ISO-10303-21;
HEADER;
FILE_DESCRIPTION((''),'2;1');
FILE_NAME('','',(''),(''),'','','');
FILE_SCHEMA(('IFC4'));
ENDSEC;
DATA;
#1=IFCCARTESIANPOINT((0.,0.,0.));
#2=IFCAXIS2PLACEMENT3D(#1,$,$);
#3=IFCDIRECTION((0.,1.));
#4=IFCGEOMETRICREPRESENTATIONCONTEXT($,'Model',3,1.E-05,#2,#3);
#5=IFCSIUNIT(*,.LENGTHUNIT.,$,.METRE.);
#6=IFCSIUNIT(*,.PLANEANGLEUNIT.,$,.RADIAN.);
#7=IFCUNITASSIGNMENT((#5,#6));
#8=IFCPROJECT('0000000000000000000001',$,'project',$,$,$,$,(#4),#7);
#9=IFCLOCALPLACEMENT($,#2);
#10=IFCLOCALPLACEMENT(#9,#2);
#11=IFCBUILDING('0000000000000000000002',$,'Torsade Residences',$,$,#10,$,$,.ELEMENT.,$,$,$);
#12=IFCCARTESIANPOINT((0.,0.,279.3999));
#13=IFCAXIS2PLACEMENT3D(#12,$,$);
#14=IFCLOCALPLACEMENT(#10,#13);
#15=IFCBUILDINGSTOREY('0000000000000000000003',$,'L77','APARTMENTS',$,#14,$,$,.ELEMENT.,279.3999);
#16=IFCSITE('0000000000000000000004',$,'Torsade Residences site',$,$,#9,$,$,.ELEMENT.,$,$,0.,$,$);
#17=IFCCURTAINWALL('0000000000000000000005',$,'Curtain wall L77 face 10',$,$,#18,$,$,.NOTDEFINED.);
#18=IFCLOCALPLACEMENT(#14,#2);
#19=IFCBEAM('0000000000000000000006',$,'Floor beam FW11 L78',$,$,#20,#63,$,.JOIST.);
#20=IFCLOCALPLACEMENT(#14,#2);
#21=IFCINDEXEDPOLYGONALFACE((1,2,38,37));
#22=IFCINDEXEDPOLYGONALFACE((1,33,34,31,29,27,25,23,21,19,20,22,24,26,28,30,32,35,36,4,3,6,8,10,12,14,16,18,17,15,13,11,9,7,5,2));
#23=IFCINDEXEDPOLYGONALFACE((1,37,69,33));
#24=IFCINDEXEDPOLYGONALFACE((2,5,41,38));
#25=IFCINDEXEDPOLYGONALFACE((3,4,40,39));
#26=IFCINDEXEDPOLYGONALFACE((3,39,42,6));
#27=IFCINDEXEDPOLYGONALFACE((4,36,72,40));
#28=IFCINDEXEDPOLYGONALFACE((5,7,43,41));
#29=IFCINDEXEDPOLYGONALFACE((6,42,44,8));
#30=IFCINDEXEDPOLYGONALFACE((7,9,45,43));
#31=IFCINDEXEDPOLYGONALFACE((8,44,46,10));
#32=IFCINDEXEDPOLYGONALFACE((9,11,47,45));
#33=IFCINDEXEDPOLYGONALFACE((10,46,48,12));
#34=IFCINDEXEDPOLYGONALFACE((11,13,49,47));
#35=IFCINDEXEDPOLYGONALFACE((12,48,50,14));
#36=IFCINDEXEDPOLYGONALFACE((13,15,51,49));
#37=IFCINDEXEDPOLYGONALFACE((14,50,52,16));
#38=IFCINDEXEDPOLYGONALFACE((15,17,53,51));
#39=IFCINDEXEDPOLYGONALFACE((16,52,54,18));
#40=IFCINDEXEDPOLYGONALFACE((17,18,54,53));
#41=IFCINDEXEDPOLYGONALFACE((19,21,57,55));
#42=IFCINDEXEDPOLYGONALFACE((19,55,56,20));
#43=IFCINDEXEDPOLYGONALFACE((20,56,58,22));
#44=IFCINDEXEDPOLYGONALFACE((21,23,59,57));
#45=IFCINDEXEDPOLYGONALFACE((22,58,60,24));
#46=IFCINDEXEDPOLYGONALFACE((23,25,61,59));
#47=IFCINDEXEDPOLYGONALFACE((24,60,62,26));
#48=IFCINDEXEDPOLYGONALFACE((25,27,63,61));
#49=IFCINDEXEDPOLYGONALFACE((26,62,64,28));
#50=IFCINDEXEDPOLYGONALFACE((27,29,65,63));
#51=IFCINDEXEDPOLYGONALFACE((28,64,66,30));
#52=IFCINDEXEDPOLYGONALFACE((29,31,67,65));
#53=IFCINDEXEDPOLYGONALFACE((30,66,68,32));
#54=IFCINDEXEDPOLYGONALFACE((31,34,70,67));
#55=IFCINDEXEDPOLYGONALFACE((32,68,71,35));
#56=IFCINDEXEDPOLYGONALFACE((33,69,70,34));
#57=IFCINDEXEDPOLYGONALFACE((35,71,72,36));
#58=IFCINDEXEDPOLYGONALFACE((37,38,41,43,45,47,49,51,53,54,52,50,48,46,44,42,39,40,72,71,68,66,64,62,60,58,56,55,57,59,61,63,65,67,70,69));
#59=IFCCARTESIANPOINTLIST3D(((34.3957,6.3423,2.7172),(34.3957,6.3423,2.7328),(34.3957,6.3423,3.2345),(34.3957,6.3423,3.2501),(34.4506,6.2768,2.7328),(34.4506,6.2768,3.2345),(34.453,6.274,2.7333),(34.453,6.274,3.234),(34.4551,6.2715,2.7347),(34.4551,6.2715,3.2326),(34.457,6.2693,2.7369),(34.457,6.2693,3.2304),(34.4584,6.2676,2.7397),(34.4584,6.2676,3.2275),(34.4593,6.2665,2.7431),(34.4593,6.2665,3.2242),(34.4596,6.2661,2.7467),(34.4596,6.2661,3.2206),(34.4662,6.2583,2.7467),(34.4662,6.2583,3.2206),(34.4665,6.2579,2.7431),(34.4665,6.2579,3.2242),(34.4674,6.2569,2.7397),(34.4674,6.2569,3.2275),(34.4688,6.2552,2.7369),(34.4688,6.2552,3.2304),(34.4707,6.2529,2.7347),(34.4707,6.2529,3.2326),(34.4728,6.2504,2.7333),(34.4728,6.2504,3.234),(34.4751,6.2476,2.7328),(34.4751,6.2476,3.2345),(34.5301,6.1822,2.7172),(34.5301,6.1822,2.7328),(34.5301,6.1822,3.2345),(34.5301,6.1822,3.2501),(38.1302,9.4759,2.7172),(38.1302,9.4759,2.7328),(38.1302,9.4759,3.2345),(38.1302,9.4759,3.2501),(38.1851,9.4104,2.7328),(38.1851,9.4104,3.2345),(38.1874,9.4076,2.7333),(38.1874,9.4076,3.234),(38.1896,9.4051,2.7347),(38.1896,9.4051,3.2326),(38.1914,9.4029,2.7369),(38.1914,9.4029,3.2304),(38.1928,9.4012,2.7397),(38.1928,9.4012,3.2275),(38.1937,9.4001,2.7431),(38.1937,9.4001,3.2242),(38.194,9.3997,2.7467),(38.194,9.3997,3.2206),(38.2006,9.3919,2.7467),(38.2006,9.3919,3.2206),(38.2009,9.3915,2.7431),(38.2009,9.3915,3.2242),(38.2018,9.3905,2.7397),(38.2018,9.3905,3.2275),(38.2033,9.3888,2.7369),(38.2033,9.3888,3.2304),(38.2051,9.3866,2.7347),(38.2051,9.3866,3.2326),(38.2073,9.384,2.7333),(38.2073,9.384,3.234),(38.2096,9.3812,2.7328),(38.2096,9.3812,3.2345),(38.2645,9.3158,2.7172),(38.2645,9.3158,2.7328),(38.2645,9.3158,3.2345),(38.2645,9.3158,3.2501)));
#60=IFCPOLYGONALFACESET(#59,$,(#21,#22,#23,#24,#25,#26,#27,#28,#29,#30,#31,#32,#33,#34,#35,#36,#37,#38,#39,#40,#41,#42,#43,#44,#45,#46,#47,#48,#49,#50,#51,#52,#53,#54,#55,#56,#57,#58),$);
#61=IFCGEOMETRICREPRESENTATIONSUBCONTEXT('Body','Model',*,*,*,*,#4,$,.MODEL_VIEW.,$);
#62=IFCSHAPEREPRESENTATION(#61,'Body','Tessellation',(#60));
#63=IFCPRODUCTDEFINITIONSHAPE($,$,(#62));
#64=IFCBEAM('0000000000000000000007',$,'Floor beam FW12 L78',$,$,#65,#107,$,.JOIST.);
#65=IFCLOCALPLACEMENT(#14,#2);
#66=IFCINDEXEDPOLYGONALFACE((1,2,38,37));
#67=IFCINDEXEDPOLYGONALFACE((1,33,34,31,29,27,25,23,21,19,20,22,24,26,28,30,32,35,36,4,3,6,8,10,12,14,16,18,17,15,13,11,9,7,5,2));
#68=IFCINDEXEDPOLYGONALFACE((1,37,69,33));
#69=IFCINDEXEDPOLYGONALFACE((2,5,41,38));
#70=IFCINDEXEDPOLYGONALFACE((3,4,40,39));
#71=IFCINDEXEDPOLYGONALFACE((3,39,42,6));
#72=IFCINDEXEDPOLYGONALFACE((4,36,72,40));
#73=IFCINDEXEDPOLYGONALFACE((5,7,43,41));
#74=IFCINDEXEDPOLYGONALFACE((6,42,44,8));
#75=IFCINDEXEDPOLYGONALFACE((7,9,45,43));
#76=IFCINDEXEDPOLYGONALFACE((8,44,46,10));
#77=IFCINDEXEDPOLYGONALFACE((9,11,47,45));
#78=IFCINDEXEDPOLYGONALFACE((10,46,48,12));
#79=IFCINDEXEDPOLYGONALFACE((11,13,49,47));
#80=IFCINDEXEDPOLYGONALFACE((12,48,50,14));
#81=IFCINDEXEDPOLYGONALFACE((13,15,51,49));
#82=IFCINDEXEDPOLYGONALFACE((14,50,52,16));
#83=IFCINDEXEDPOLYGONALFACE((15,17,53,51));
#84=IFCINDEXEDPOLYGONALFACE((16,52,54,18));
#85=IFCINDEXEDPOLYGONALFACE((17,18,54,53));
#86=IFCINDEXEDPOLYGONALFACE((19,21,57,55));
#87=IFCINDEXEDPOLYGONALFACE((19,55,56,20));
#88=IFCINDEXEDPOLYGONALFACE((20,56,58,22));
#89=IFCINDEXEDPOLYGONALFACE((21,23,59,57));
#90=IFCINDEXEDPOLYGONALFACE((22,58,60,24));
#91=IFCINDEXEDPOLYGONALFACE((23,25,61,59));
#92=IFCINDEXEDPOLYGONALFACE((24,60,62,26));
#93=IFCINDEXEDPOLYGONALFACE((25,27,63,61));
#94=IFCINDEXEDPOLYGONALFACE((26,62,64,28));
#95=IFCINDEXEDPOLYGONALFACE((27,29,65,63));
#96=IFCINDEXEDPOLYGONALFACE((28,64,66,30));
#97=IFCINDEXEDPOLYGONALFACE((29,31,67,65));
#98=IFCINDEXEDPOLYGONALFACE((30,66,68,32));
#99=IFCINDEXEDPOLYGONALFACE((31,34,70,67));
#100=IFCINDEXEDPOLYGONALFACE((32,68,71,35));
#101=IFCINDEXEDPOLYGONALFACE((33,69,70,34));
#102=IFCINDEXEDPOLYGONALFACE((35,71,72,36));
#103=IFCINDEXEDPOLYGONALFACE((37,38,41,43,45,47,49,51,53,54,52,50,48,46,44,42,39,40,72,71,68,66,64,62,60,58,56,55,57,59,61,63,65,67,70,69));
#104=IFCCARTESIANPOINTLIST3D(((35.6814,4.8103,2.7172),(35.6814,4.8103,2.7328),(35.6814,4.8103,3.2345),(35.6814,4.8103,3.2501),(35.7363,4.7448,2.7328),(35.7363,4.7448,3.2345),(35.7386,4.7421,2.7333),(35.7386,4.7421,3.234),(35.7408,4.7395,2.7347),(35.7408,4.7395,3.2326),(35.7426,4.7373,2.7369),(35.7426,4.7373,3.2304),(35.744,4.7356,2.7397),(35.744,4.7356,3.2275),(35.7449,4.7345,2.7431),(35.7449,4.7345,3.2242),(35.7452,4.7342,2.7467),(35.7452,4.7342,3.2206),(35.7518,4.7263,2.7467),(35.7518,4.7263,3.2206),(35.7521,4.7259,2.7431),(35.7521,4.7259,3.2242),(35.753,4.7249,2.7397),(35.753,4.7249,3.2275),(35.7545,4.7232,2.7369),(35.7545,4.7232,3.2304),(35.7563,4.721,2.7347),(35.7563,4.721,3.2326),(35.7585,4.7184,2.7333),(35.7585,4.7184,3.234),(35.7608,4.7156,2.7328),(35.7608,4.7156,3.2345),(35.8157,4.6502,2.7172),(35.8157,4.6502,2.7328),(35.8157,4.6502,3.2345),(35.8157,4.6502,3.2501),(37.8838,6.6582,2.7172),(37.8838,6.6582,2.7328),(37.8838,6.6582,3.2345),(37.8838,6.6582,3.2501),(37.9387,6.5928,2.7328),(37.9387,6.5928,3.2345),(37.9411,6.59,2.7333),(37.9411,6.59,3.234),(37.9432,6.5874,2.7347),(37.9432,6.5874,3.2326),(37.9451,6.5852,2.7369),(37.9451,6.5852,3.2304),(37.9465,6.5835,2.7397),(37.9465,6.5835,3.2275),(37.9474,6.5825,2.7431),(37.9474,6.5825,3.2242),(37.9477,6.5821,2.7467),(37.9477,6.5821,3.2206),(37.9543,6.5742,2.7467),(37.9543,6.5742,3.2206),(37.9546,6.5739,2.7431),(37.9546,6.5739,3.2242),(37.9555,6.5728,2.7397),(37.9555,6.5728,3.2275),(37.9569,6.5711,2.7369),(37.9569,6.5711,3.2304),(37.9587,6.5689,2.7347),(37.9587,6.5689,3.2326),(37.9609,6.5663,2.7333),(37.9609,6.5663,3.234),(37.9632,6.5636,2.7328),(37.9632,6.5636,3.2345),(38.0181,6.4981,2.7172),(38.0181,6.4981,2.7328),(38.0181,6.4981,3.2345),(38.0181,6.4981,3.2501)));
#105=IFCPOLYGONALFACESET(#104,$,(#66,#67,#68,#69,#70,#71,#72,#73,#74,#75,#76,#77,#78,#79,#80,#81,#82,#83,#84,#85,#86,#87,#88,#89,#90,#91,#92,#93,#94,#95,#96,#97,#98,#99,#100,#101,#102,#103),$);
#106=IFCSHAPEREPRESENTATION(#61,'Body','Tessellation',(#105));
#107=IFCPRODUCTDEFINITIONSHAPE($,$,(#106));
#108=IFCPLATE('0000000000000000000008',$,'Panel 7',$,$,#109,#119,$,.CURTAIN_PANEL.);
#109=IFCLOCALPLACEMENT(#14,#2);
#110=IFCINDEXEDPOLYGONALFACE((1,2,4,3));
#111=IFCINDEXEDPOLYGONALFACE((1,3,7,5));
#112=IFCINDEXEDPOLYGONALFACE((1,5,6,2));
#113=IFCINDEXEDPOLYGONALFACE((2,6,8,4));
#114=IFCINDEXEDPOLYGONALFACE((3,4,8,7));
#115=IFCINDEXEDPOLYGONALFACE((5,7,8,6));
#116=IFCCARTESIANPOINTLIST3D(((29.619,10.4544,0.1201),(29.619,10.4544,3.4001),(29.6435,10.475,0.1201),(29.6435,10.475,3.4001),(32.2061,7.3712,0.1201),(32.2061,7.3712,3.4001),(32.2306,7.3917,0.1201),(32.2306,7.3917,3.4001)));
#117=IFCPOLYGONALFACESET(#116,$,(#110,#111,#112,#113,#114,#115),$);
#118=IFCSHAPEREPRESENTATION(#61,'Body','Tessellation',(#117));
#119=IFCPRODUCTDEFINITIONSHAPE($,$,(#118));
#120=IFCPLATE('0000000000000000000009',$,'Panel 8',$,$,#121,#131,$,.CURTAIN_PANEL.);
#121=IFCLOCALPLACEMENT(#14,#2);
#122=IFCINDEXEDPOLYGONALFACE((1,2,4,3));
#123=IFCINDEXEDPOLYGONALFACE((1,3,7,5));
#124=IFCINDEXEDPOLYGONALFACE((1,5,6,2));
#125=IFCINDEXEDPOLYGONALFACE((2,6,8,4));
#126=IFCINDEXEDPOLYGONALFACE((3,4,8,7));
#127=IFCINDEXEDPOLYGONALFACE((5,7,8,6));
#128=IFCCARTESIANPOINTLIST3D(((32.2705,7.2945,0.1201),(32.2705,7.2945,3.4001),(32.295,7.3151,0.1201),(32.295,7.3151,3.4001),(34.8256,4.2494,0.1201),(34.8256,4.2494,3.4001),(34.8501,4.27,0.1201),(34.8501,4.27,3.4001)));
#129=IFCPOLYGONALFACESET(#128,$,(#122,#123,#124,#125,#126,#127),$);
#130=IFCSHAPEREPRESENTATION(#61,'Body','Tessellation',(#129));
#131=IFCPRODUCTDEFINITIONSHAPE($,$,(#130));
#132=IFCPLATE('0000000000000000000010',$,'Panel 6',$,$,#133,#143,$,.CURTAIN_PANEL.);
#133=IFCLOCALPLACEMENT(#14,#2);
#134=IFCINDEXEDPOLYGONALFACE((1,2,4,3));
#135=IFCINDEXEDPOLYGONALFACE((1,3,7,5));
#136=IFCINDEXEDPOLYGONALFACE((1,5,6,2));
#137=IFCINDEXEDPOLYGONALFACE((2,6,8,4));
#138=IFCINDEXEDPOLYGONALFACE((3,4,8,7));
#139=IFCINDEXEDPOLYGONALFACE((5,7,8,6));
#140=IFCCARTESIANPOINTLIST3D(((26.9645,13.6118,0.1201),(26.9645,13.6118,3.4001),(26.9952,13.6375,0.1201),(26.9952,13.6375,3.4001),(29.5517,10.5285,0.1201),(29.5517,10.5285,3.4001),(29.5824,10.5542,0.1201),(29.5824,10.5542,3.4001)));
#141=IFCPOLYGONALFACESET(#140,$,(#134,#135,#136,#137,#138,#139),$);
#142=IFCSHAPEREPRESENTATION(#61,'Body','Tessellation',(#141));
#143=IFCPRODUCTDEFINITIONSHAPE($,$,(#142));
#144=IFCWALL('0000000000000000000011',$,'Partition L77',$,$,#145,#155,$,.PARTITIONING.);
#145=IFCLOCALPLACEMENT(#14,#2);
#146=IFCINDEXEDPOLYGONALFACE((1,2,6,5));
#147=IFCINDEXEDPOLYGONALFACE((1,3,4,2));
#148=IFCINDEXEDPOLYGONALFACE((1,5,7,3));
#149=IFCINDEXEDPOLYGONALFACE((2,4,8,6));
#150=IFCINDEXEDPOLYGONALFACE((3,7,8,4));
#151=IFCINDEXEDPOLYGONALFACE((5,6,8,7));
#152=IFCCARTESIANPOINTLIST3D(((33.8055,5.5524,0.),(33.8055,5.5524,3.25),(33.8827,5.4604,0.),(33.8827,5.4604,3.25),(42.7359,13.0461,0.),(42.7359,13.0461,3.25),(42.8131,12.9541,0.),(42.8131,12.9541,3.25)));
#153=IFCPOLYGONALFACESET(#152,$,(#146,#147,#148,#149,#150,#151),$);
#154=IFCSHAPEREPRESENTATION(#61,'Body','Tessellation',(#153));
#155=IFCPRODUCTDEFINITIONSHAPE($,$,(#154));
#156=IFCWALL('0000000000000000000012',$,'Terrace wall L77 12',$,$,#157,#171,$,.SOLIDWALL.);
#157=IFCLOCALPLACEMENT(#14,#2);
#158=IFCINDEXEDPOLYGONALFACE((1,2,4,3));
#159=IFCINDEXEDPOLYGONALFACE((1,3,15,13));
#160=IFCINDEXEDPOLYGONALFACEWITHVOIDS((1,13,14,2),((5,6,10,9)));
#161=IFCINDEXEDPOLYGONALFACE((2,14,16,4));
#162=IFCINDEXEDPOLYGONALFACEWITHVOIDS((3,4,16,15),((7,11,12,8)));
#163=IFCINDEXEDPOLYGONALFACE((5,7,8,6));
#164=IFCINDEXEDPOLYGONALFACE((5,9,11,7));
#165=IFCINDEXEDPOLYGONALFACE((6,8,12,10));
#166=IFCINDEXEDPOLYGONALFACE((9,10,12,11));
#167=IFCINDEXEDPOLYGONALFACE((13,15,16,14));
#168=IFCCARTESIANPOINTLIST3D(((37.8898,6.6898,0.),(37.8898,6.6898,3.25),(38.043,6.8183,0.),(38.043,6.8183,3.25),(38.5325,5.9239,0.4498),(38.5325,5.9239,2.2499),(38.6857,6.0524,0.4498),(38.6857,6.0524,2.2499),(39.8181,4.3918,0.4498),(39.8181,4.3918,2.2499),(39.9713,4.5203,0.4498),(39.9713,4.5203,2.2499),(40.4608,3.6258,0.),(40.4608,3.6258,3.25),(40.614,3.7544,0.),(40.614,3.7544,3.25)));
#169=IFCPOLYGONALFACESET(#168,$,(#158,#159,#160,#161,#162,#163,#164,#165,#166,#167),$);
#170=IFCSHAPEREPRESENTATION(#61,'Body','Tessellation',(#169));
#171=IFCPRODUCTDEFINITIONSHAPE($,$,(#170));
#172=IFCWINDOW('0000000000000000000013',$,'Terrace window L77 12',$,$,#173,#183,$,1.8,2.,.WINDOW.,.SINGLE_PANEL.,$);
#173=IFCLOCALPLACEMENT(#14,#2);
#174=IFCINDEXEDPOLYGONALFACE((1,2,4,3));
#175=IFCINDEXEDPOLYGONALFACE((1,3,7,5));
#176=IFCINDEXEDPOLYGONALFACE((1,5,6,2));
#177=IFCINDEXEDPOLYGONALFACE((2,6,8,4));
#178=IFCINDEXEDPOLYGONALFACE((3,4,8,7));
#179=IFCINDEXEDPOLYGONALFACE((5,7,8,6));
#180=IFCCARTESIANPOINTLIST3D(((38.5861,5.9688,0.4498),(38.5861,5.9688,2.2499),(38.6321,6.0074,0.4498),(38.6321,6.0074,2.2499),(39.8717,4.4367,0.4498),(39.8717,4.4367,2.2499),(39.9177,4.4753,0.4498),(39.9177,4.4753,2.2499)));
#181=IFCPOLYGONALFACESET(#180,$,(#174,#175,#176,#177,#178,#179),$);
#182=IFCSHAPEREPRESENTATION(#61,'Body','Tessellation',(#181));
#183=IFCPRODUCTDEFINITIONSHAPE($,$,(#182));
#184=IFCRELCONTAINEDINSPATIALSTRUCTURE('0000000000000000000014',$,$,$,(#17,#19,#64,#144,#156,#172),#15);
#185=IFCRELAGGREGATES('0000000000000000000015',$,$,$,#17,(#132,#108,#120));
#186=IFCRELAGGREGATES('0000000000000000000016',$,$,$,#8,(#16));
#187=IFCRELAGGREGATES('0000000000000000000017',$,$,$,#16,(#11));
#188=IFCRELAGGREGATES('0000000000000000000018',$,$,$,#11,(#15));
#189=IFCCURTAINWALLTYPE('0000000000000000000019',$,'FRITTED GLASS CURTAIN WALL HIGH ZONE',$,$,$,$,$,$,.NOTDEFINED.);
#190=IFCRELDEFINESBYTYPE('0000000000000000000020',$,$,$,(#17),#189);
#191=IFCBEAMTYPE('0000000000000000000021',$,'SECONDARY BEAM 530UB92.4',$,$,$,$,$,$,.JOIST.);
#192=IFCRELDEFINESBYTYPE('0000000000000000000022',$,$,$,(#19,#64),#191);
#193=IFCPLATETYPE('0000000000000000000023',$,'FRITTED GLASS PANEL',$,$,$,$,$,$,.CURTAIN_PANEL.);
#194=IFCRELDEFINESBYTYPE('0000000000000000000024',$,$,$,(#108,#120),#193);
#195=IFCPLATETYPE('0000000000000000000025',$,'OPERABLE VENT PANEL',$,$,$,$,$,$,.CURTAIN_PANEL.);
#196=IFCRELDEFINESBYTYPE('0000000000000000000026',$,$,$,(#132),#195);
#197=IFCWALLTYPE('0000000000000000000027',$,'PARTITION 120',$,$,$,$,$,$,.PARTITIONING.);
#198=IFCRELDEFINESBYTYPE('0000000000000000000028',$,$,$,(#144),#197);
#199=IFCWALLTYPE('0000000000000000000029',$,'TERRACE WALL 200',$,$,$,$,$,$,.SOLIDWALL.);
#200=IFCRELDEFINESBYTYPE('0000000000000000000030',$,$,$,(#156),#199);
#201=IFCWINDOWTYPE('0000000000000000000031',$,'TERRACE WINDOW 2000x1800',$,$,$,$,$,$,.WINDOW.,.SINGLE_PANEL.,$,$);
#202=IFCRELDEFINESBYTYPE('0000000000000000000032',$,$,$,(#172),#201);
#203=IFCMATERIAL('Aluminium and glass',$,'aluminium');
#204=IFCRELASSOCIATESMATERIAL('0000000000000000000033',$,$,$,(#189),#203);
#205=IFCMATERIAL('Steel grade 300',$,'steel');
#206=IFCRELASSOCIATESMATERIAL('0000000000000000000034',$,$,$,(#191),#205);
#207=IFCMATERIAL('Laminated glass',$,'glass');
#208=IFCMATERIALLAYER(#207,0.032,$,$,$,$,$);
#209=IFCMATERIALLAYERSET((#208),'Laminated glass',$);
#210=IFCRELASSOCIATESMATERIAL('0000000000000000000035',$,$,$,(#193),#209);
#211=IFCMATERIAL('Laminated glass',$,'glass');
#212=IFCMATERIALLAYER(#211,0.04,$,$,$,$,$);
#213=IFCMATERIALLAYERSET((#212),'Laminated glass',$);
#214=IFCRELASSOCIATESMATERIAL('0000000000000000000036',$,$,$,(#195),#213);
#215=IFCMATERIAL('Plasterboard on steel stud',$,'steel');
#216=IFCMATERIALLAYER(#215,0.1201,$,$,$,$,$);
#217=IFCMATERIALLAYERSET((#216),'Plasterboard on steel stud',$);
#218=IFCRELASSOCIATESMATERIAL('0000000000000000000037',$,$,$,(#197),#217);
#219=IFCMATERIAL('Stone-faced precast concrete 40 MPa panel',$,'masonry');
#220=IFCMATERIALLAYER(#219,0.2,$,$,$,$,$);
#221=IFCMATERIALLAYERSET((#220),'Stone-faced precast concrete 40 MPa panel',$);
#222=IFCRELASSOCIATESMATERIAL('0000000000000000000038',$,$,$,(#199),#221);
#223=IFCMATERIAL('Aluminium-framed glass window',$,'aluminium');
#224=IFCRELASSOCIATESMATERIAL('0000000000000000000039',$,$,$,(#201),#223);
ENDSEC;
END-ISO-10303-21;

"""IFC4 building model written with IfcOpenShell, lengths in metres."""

from ifc_helpers import new_model, si_unit, direction, frame, frame_2d, origin, origin_2d, place, context, subcontext, project, spatial, rectangle, i_section, extrude, material, layer, layer_set, material_profile, profile_set, type_object, element, fill, aggregate, save


model = new_model("IFC4")

# Units and contexts
model_context = context("Model", 3, precision=1e-05, world=origin(), true_north=direction((0.0, 1.0)))
body_context = subcontext(model_context, "Body", "Model", "MODEL_VIEW")
ifc_project = project(units=[si_unit("LENGTHUNIT", "METRE"), si_unit("PLANEANGLEUNIT", "RADIAN")], contexts=[model_context])

# Site, building, storey
site_placement = place(None, origin())
site = spatial("IfcSite", under=ifc_project, at=site_placement, Name="Torsade Residences site", CompositionType="ELEMENT", RefElevation=0.0)
building_placement = place(site_placement, origin())
building = spatial("IfcBuilding", under=site, at=building_placement, Name="Torsade Residences", CompositionType="ELEMENT")
storey_placement = place(building_placement, frame((0.0, 0.0, 279.3999)))
storey = spatial("IfcBuildingStorey", under=building, at=storey_placement, Name="L77", Description="APARTMENTS", CompositionType="ELEMENT", Elevation=279.3999)

# Curtain wall
ifc_material_1 = material(Name="Aluminium and glass", Category="aluminium")
curtain_wall_type = type_object("IfcCurtainWallType", Name="FRITTED GLASS CURTAIN WALL HIGH ZONE", PredefinedType="NOTDEFINED", material=ifc_material_1)
curtain_wall_placement = place(storey_placement, origin())
curtain_wall = element("IfcCurtainWall", 1, at=curtain_wall_placement, inside=storey, type_object=curtain_wall_type, Name="Curtain wall L77 face 10", PredefinedType="NOTDEFINED")

# Beams
ifc_material_2 = material(Name="Steel grade 300", Category="steel")
ifc_material_profile_1 = material_profile(ifc_material_2, i_section(OverallWidth=0.209, OverallDepth=0.533, WebThickness=0.0103, FlangeThickness=0.0156, FilletRadius=0.0139, at=origin_2d()), Name="530UB92.4")
ifc_profile_set_1 = profile_set([ifc_material_profile_1], Name="Steel grade 300")
beam_type_1 = type_object("IfcBeamType", Name="SECONDARY BEAM 530UB92.4", PredefinedType="JOIST", material=ifc_profile_set_1)
beam_1_placement = place(storey_placement, frame((34.4629, 6.2622, 2.9836), z_axis=(0.766041, 0.642791, 0.0), x_axis=(-0.642791, 0.766041, 0.0)))
element("IfcBeam", 2, at=beam_1_placement, inside=storey, type_object=beam_type_1, Name="Floor beam FW11 L78", PredefinedType="JOIST", context=body_context, shape_type="SweptSolid", body=[
    extrude(i_section(OverallWidth=0.209, OverallDepth=0.533, WebThickness=0.0103, FlangeThickness=0.0156, FilletRadius=0.0139, at=origin_2d()), origin(), (0.0, 0.0, 1.0), 4.875),
])
beam_2_placement = place(storey_placement, frame((35.7485, 4.7302, 2.9836), z_axis=(0.766066, 0.642762, 0.0), x_axis=(-0.642762, 0.766066, 0.0)))
element("IfcBeam", 3, at=beam_2_placement, inside=storey, type_object=beam_type_1, Name="Floor beam FW12 L78", PredefinedType="JOIST", context=body_context, shape_type="SweptSolid", body=[
    extrude(i_section(OverallWidth=0.209, OverallDepth=0.533, WebThickness=0.0103, FlangeThickness=0.0156, FilletRadius=0.0139, at=origin_2d()), origin(), (0.0, 0.0, 1.0), 2.875),
])

# Plates
ifc_material_3 = material(Name="Laminated glass", Category="glass")
ifc_layer_1 = layer(ifc_material_3, 0.032)
ifc_layer_set_1 = layer_set([ifc_layer_1], Name="Laminated glass")
plate_type_1 = type_object("IfcPlateType", Name="FRITTED GLASS PANEL", PredefinedType="CURTAIN_PANEL", material=ifc_layer_set_1)
plate_1_placement = place(storey_placement, frame((30.9248, 8.9231, 0.1201), z_axis=(0.0, 0.0, 1.0), x_axis=(0.642788, -0.766044, 0.0)))
plate_1 = element("IfcPlate", 4, at=plate_1_placement, type_object=plate_type_1, Name="Panel 7", PredefinedType="CURTAIN_PANEL", context=body_context, shape_type="SweptSolid", body=[
    extrude(rectangle(XDim=4.0249, YDim=0.032, at=origin_2d()), origin(), (0.0, 0.0, 1.0), 3.28),
])
plate_2_placement = place(storey_placement, frame((33.5603, 5.7822, 0.1201), z_axis=(0.0, 0.0, 1.0), x_axis=(0.642788, -0.766044, 0.0)))
plate_2 = element("IfcPlate", 5, at=plate_2_placement, type_object=plate_type_1, Name="Panel 8", PredefinedType="CURTAIN_PANEL", context=body_context, shape_type="SweptSolid", body=[
    extrude(rectangle(XDim=3.9751, YDim=0.032, at=origin_2d()), origin(), (0.0, 0.0, 1.0), 3.28),
])
ifc_material_4 = material(Name="Laminated glass", Category="glass")
ifc_layer_2 = layer(ifc_material_4, 0.04)
ifc_layer_set_2 = layer_set([ifc_layer_2], Name="Laminated glass")
plate_type_2 = type_object("IfcPlateType", Name="OPERABLE VENT PANEL", PredefinedType="CURTAIN_PANEL", material=ifc_layer_set_2)
plate_3_placement = place(storey_placement, frame((28.2734, 12.083, 0.1201), z_axis=(0.0, 0.0, 1.0), x_axis=(0.642788, -0.766044, 0.0)))
plate_3 = element("IfcPlate", 6, at=plate_3_placement, type_object=plate_type_2, Name="Panel 6", PredefinedType="CURTAIN_PANEL", context=body_context, shape_type="SweptSolid", body=[
    extrude(rectangle(XDim=4.0249, YDim=0.04, at=origin_2d()), origin(), (0.0, 0.0, 1.0), 3.28),
])
aggregate(curtain_wall, [plate_3, plate_1, plate_2])

# Wall
ifc_material_5 = material(Name="Plasterboard on steel stud", Category="steel")
ifc_layer_3 = layer(ifc_material_5, 0.1201)
ifc_layer_set_3 = layer_set([ifc_layer_3], Name="Plasterboard on steel stud")
wall_type_1 = type_object("IfcWallType", Name="PARTITION 120", PredefinedType="PARTITIONING", material=ifc_layer_set_3)
wall_1_placement = place(storey_placement, frame((33.844, 5.5063, 0.0), z_axis=(0.0, 0.0, 1.0), x_axis=(0.766039, 0.642795, 0.0)))
element("IfcWall", 7, at=wall_1_placement, inside=storey, type_object=wall_type_1, Name="Partition L77", PredefinedType="PARTITIONING", context=body_context, shape_type="SweptSolid", body=[
    extrude(rectangle(XDim=11.658, YDim=0.1201, at=frame_2d((5.8291, 0.0))), origin(), (0.0, 0.0, 1.0), 3.25),
])

# Shared definitions
ifc_material_6 = material(Name="Stone-faced precast concrete 40 MPa panel", Category="masonry")
ifc_layer_4 = layer(ifc_material_6, 0.2)
ifc_layer_set_4 = layer_set([ifc_layer_4], Name="Stone-faced precast concrete 40 MPa panel")
wall_type_2 = type_object("IfcWallType", Name="TERRACE WALL 200", PredefinedType="SOLIDWALL", material=ifc_layer_set_4)

# Wall, opening, window
wall_2_placement = place(storey_placement, frame((37.9663, 6.7542, 0.0), z_axis=(0.0, 0.0, 1.0), x_axis=(0.642798, -0.766035, 0.0)))
wall_2 = element("IfcWall", 8, at=wall_2_placement, inside=storey, type_object=wall_type_2, Name="Terrace wall L77 12", PredefinedType="SOLIDWALL", context=body_context, shape_type="SweptSolid", body=[
    extrude(rectangle(XDim=3.9998, YDim=0.2, at=frame_2d((2.0, 0.0))), origin(), (0.0, 0.0, 1.0), 3.25),
])
opening_1_placement = place(wall_2_placement, frame((1.0, 0.0, 0.45)))
opening_1 = element("IfcOpeningElement", 9, at=opening_1_placement, cuts=wall_2, PredefinedType="OPENING", context=body_context, shape_type="SweptSolid", body=[
    extrude(rectangle(XDim=2.0, YDim=1.8, at=frame_2d((1.0, 0.8999))), frame((0.0, 0.1099, 0.0), z_axis=(0.0, -1.0, 0.0), x_axis=(1.0, 0.0, 0.0)), (0.0, 0.0, 1.0), 0.22),
])
ifc_material_7 = material(Name="Aluminium-framed glass window", Category="aluminium")
window_type = type_object("IfcWindowType", Name="TERRACE WINDOW 2000x1800", PartitioningType="SINGLE_PANEL", PredefinedType="WINDOW", material=ifc_material_7)
window_placement = place(opening_1_placement, origin())
window = element("IfcWindow", 10, at=window_placement, inside=storey, type_object=window_type, Name="Terrace window L77 12", OverallHeight=1.8, OverallWidth=2.0, PartitioningType="SINGLE_PANEL", PredefinedType="WINDOW", context=body_context, shape_type="SweptSolid", body=[
    extrude(rectangle(XDim=2.0, YDim=1.8, at=frame_2d((1.0, 0.8999))), frame((0.0, 0.03, 0.0), z_axis=(0.0, -1.0, 0.0), x_axis=(1.0, 0.0, 0.0)), (0.0, 0.0, 1.0), 0.0601),
])
fill(opening_1, window)

save(model, "model.ifc")
